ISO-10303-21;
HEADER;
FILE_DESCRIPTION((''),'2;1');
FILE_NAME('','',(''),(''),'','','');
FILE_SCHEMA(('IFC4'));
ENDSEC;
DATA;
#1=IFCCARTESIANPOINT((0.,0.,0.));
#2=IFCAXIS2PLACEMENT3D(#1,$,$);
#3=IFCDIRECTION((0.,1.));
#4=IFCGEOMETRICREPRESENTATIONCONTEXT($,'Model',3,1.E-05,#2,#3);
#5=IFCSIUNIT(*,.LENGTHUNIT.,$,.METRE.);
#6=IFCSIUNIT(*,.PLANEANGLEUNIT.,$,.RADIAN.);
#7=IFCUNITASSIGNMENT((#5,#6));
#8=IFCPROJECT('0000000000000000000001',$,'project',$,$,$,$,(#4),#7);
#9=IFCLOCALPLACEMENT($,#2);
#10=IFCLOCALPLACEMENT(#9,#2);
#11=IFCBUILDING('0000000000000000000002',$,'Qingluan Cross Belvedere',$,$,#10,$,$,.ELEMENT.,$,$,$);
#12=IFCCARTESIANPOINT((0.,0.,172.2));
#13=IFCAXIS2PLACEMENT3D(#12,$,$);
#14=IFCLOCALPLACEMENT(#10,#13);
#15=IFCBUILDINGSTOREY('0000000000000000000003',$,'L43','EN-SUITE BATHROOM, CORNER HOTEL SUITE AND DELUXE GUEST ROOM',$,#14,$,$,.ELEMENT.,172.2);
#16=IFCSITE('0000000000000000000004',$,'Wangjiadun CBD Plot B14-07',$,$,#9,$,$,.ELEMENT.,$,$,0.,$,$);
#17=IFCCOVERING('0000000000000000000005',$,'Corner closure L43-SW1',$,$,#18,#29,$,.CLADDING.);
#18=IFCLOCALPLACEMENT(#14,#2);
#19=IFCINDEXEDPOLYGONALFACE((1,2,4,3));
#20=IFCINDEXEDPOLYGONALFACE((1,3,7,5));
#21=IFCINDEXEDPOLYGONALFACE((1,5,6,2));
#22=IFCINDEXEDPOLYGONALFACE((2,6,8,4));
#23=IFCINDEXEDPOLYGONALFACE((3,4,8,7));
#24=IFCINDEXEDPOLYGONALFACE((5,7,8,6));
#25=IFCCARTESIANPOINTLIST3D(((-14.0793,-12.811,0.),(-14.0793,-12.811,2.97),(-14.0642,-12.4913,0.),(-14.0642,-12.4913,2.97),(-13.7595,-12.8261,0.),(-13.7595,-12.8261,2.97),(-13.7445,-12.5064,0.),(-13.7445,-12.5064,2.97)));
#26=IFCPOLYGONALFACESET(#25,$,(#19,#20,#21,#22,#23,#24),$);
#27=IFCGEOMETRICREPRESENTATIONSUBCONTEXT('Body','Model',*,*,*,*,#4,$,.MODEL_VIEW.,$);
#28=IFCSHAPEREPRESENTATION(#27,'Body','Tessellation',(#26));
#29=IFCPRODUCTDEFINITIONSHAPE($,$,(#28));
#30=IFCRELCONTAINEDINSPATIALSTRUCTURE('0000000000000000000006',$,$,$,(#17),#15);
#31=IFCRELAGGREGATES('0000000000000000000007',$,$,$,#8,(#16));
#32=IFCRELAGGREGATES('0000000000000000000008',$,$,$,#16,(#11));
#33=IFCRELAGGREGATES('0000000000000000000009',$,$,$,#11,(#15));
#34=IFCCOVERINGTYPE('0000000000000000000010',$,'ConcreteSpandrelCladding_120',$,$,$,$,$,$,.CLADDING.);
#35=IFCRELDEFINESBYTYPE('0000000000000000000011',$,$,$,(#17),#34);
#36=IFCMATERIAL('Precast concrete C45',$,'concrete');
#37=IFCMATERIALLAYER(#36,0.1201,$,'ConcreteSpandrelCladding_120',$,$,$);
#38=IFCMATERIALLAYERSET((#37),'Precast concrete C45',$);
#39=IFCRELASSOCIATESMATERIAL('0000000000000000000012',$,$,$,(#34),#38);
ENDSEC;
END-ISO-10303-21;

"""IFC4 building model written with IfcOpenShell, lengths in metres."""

from ifc_helpers import new_model, si_unit, direction, frame, origin, origin_2d, place, context, subcontext, project, spatial, rectangle, extrude, material, layer, layer_set, type_object, element, save


model = new_model("IFC4")

# Units and contexts
model_context = context("Model", 3, precision=1e-05, world=origin(), true_north=direction((0.0, 1.0)))
body_context = subcontext(model_context, "Body", "Model", "MODEL_VIEW")
ifc_project = project(units=[si_unit("LENGTHUNIT", "METRE"), si_unit("PLANEANGLEUNIT", "RADIAN")], contexts=[model_context])

# Site, building, storey
site_placement = place(None, origin())
site = spatial("IfcSite", under=ifc_project, at=site_placement, Name="Wangjiadun CBD Plot B14-07", CompositionType="ELEMENT", RefElevation=0.0)
building_placement = place(site_placement, origin())
building = spatial("IfcBuilding", under=site, at=building_placement, Name="Qingluan Cross Belvedere", CompositionType="ELEMENT")
storey_placement = place(building_placement, frame((0.0, 0.0, 172.2)))
storey = spatial("IfcBuildingStorey", under=building, at=storey_placement, Name="L43", Description="EN-SUITE BATHROOM, CORNER HOTEL SUITE AND DELUXE GUEST ROOM", CompositionType="ELEMENT", Elevation=172.2)

# Covering
ifc_material_1 = material(Name="Precast concrete C45", Category="concrete")
ifc_layer_1 = layer(ifc_material_1, 0.1201, Name="ConcreteSpandrelCladding_120")
ifc_layer_set_1 = layer_set([ifc_layer_1], Name="Precast concrete C45")
covering_type = type_object("IfcCoveringType", Name="ConcreteSpandrelCladding_120", PredefinedType="CLADDING", material=ifc_layer_set_1)
covering_placement = place(storey_placement, frame((-13.9119, -12.6587, 0.0), z_axis=(0.0, 0.0, 1.0), x_axis=(0.99889, -0.047106, 0.0)))
element("IfcCovering", 1, at=covering_placement, inside=storey, type_object=covering_type, Name="Corner closure L43-SW1", PredefinedType="CLADDING", context=body_context, shape_type="SweptSolid", body=[
    extrude(rectangle(XDim=0.3201, YDim=0.3201, at=origin_2d()), origin(), (0.0, 0.0, 1.0), 2.97),
])

save(model, "model.ifc")
